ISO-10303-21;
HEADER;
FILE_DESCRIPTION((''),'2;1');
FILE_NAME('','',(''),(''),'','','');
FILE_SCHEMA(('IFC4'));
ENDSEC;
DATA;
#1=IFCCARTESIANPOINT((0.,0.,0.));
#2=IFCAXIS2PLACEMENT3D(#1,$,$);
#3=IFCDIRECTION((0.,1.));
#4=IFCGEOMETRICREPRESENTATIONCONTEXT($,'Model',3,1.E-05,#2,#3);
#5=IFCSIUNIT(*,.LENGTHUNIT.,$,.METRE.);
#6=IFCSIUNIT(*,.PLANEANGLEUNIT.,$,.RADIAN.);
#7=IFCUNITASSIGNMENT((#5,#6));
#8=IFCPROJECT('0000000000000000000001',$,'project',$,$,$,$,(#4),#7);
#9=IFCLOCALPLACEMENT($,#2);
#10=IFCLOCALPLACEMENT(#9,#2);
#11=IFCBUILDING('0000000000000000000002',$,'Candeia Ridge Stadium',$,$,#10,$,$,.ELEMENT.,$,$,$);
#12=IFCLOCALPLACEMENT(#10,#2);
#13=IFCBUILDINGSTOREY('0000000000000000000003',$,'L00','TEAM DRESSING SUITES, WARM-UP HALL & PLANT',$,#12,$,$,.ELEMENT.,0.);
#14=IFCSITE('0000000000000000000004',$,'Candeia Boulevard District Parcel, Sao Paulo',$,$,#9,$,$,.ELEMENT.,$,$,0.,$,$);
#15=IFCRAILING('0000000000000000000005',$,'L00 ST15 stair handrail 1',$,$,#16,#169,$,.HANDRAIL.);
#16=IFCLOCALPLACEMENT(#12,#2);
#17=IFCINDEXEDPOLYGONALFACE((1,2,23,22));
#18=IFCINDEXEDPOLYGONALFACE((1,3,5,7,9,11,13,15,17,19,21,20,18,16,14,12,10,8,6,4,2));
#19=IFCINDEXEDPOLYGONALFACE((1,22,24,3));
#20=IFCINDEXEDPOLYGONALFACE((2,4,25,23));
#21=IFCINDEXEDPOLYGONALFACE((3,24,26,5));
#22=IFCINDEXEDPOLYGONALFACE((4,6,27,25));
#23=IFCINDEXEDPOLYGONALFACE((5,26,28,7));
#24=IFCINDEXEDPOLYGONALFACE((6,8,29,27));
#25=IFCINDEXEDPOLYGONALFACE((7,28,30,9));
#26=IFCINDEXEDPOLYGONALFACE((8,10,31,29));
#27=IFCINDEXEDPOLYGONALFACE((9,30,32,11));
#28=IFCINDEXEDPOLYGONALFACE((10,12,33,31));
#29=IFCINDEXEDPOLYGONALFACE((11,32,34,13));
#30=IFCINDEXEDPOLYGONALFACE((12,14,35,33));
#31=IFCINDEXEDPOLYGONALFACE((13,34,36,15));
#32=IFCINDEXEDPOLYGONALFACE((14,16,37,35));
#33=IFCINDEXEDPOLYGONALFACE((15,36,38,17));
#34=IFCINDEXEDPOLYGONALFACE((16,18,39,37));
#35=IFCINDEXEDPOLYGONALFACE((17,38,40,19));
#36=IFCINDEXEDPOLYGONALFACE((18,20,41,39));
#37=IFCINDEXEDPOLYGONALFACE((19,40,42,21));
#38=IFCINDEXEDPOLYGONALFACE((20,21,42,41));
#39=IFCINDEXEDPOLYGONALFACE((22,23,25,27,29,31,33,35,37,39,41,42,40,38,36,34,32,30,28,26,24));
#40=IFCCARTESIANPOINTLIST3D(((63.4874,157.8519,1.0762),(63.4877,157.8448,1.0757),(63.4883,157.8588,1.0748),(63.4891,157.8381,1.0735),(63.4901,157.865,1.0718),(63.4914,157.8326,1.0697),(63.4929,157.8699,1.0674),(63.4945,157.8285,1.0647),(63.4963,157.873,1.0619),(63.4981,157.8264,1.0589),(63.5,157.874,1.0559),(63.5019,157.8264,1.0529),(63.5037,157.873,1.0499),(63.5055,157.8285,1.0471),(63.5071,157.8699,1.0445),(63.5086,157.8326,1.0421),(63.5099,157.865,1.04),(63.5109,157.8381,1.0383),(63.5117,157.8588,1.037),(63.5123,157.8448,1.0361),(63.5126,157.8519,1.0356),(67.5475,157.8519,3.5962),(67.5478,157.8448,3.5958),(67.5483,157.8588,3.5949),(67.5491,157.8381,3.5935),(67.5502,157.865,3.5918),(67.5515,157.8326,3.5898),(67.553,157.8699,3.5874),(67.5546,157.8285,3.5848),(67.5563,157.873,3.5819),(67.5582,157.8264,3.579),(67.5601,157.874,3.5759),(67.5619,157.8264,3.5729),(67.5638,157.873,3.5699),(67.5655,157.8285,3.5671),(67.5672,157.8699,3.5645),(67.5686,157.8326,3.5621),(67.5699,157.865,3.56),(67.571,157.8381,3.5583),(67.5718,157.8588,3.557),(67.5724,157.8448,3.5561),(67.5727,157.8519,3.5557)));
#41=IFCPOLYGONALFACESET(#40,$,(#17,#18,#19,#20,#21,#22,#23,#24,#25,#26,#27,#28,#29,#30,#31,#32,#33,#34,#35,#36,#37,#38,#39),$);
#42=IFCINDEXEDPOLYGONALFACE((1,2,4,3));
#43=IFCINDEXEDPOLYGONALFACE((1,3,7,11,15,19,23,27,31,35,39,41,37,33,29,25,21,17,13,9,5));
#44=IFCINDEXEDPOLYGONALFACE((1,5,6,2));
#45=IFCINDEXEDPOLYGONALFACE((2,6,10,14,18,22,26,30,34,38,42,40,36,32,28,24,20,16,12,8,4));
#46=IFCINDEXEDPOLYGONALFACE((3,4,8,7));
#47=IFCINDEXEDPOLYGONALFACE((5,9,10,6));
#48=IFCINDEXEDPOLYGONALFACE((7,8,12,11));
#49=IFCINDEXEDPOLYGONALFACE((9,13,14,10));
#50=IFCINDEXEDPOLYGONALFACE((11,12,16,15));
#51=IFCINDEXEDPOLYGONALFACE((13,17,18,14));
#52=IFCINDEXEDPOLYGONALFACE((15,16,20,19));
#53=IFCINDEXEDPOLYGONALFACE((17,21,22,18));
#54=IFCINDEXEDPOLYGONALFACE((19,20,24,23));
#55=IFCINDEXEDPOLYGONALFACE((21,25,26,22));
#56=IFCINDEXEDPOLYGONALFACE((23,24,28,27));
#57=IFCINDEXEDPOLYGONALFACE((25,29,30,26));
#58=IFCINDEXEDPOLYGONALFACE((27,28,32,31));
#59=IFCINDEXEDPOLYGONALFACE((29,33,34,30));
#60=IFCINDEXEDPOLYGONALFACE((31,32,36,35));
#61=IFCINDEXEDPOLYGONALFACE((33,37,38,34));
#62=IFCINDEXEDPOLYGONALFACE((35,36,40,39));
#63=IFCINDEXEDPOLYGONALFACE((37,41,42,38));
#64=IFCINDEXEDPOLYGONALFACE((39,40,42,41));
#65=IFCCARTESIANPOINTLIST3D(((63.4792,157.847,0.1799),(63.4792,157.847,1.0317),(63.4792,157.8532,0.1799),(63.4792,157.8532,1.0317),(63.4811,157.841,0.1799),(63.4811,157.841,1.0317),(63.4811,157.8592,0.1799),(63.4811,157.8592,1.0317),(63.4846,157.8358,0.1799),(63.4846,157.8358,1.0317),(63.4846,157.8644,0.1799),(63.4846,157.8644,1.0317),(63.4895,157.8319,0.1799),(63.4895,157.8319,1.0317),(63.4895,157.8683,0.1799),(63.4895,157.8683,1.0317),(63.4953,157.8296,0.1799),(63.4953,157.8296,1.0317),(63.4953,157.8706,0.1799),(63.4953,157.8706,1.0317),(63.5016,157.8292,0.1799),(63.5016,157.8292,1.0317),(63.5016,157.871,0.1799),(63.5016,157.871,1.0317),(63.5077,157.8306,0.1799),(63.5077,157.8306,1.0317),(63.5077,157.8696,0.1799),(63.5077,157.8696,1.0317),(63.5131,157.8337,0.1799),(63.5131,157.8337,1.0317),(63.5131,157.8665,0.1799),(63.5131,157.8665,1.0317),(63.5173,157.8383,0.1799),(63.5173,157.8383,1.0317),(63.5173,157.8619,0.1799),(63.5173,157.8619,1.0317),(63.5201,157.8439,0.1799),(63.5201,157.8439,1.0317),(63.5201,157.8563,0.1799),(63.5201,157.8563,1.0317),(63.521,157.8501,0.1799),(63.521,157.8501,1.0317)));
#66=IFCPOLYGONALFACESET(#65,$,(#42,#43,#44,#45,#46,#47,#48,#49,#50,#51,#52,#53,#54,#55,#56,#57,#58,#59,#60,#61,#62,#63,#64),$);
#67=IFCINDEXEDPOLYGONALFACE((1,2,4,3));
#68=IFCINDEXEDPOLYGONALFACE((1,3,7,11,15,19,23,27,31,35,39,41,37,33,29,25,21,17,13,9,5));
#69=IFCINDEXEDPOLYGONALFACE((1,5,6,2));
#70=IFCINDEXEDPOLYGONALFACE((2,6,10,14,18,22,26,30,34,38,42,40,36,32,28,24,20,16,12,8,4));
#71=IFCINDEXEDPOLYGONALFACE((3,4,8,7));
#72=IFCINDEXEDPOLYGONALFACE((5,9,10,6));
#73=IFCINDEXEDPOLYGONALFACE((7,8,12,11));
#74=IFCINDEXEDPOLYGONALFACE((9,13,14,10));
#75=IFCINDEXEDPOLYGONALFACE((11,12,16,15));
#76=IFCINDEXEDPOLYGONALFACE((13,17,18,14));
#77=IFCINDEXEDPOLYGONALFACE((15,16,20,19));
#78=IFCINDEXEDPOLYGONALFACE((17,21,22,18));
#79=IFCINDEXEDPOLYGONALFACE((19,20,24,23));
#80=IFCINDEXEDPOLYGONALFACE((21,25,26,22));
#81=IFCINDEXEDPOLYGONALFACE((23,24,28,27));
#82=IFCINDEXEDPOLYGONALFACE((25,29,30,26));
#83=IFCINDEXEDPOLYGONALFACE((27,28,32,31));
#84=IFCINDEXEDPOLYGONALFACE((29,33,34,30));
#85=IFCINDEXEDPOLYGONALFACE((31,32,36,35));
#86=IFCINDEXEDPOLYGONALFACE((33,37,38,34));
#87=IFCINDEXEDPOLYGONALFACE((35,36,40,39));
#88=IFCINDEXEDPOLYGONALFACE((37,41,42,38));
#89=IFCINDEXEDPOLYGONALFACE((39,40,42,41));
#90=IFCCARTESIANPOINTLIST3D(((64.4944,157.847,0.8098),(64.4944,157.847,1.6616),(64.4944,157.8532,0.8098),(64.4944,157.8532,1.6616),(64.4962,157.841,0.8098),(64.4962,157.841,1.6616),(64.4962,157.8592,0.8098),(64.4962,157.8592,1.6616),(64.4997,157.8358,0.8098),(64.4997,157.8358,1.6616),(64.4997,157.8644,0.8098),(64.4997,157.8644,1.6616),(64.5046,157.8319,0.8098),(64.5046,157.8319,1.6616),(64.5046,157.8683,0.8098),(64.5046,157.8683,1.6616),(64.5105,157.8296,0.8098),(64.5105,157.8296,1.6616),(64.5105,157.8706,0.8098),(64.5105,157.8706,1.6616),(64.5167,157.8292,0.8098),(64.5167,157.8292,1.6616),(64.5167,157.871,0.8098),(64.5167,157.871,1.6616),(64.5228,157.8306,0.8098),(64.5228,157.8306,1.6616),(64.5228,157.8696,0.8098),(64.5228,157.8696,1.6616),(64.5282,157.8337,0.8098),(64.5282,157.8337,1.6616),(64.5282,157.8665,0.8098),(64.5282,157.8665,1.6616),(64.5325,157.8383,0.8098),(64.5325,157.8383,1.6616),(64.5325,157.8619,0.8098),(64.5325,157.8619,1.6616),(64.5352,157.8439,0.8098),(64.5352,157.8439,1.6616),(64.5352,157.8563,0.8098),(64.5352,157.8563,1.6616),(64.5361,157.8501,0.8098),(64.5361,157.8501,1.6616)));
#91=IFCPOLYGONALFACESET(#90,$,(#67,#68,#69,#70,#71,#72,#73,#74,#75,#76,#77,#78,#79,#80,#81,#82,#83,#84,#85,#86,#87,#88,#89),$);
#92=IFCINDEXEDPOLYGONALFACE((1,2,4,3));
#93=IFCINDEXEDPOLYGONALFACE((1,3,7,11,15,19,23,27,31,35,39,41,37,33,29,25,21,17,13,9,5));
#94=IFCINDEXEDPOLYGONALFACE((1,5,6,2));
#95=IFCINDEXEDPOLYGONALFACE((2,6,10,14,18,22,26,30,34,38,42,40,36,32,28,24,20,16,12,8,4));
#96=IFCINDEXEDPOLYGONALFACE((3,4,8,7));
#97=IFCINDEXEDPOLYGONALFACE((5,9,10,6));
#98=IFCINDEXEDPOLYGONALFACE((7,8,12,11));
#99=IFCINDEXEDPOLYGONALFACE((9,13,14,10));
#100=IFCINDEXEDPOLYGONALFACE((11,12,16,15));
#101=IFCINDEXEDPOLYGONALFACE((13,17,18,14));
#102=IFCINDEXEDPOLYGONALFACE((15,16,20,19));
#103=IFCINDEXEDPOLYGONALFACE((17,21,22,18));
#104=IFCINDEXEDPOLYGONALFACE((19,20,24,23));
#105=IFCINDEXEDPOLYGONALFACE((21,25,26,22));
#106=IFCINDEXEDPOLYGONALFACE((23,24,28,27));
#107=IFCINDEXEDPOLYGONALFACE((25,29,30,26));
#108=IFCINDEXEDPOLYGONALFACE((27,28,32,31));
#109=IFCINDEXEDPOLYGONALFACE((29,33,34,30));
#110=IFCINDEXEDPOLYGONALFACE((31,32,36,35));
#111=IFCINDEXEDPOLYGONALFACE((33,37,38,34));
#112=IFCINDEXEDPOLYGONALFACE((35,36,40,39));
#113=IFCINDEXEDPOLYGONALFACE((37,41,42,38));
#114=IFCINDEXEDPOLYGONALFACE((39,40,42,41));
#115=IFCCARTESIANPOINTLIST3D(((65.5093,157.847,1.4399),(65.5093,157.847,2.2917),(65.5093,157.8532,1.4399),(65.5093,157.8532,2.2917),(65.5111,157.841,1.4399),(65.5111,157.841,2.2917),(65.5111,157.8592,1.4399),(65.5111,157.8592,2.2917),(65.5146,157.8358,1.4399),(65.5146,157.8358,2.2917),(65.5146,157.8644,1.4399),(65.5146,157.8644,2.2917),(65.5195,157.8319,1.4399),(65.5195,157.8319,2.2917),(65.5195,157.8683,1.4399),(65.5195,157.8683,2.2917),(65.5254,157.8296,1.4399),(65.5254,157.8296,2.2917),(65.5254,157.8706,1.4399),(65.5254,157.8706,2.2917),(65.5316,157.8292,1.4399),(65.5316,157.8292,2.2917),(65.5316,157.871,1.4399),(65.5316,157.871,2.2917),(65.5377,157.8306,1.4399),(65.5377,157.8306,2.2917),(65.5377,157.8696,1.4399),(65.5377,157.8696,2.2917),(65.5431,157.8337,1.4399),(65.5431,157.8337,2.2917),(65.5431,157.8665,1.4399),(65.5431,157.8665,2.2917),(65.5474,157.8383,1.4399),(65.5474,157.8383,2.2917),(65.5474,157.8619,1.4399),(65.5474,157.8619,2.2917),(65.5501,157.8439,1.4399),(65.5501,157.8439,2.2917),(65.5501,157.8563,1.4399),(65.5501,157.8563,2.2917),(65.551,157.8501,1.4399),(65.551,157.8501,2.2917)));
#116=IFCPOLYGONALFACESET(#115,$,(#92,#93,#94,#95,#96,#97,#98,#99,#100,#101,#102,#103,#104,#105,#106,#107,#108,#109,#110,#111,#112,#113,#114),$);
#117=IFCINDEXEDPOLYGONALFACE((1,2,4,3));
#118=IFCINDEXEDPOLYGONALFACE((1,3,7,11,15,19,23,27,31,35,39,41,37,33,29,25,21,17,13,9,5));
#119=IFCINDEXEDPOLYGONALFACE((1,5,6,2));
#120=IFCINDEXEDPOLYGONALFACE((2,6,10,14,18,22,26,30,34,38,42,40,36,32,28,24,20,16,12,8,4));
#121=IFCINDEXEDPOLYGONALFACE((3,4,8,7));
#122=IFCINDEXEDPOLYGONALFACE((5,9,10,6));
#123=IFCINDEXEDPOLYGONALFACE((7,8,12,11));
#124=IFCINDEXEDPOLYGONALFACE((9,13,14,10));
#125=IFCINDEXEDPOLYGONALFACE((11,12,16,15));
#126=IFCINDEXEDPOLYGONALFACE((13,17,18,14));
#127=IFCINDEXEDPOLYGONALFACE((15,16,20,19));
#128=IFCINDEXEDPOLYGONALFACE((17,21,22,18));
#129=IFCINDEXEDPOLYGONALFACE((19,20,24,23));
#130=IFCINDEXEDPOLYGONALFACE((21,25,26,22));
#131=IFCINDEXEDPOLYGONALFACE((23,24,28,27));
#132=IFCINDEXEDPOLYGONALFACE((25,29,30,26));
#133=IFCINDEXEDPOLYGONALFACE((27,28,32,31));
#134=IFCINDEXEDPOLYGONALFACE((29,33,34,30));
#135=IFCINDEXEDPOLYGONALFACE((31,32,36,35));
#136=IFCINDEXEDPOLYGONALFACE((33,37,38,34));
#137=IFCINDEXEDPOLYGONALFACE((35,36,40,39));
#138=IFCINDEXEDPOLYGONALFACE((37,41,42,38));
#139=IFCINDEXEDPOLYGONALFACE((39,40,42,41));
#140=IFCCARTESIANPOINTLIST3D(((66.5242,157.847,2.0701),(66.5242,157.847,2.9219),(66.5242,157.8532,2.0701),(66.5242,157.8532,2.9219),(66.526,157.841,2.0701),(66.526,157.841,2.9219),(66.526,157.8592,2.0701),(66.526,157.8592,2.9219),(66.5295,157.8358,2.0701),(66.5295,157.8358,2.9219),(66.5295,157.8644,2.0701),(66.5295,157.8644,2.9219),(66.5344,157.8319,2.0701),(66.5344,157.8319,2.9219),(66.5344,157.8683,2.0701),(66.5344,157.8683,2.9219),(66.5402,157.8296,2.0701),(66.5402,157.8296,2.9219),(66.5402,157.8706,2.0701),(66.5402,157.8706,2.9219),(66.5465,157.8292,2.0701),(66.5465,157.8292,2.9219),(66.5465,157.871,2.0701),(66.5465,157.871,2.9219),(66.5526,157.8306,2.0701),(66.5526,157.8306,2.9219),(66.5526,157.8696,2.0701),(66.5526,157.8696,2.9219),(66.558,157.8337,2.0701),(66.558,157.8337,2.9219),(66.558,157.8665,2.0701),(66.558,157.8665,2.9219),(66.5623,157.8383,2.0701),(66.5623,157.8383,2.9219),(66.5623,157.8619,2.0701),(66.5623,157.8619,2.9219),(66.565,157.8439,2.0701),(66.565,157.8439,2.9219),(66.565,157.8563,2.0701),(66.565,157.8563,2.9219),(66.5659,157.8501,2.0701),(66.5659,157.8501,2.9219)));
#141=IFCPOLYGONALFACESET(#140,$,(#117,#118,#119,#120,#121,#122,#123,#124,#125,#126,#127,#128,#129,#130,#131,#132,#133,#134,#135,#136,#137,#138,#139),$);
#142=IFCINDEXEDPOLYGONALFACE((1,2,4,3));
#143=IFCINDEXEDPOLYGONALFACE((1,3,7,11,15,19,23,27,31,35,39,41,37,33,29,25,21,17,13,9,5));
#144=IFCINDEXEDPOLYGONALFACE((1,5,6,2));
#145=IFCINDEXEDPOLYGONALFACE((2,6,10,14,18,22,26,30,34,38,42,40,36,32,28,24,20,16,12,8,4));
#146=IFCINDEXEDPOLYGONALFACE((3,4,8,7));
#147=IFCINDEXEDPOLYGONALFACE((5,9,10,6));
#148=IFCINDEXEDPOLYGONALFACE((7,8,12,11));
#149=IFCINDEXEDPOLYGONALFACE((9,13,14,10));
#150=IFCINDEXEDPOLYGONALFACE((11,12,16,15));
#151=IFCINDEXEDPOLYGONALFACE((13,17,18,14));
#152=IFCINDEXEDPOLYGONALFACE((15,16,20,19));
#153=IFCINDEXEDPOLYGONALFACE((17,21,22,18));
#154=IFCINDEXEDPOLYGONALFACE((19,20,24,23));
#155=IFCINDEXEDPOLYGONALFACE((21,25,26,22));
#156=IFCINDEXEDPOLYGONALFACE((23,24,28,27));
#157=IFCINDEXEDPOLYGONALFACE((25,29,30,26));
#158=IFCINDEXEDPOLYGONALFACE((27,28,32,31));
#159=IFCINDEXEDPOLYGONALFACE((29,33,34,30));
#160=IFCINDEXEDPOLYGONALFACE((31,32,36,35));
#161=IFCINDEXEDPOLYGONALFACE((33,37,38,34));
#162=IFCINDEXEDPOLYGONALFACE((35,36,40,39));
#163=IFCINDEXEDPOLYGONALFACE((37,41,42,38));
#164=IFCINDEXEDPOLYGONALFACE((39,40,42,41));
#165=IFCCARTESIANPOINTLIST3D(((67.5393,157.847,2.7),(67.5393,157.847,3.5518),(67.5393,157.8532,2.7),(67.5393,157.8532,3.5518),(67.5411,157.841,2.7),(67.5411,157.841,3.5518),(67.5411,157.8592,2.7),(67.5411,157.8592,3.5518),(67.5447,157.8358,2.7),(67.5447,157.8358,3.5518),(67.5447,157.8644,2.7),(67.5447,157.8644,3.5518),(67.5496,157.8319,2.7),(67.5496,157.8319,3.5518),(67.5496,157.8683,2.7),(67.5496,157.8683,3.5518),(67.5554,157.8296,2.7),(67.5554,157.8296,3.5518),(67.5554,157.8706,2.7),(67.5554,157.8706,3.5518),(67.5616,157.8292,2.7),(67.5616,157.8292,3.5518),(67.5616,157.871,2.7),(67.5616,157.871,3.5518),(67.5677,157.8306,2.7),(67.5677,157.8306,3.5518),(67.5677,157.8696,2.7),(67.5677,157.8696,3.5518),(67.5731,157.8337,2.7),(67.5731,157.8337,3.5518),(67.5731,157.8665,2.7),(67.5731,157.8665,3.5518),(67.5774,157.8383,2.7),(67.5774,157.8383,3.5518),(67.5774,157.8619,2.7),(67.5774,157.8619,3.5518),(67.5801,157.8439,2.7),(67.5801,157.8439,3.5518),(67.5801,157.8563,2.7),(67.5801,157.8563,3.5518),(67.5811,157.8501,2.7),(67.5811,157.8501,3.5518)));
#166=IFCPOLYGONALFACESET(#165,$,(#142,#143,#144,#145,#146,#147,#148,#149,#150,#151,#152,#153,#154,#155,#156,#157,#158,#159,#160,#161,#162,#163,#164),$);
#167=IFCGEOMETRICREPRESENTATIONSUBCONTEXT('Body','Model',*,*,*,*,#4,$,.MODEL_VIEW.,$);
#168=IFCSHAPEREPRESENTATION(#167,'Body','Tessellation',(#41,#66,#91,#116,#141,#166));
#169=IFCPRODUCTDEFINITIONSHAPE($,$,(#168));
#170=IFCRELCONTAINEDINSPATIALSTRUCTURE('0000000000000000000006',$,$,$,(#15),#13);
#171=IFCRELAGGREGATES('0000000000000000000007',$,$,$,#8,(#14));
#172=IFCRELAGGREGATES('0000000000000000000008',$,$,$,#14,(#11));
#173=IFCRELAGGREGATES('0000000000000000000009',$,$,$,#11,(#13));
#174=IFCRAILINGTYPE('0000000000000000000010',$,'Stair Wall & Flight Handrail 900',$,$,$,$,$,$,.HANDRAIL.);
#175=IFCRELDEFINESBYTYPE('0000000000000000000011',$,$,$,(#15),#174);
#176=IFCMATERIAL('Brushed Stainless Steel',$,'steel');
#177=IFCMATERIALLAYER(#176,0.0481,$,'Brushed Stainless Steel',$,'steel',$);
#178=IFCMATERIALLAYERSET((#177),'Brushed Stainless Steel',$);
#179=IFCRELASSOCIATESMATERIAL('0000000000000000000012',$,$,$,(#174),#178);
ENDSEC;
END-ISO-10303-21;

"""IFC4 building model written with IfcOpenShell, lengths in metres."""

from ifc_helpers import new_model, si_unit, direction, frame, origin, origin_2d, place, context, subcontext, project, spatial, circle, extrude, material, layer, layer_set, type_object, element, save


model = new_model("IFC4")

# Units and contexts
model_context = context("Model", 3, precision=1e-05, world=origin(), true_north=direction((0.0, 1.0)))
body_context = subcontext(model_context, "Body", "Model", "MODEL_VIEW")
ifc_project = project(units=[si_unit("LENGTHUNIT", "METRE"), si_unit("PLANEANGLEUNIT", "RADIAN")], contexts=[model_context])

# Site, building, storey
site_placement = place(None, origin())
site = spatial("IfcSite", under=ifc_project, at=site_placement, Name="Candeia Boulevard District Parcel, Sao Paulo", CompositionType="ELEMENT", RefElevation=0.0)
building_placement = place(site_placement, origin())
building = spatial("IfcBuilding", under=site, at=building_placement, Name="Candeia Ridge Stadium", CompositionType="ELEMENT")
storey_placement = place(building_placement, origin())
storey = spatial("IfcBuildingStorey", under=building, at=storey_placement, Name="L00", Description="TEAM DRESSING SUITES, WARM-UP HALL & PLANT", CompositionType="ELEMENT", Elevation=0.0)

# Railing
ifc_material_1 = material(Name="Brushed Stainless Steel", Category="steel")
ifc_layer_1 = layer(ifc_material_1, 0.0481, Name="Brushed Stainless Steel", Category="steel")
ifc_layer_set_1 = layer_set([ifc_layer_1], Name="Brushed Stainless Steel")
railing_type_1 = type_object("IfcRailingType", Name="Stair Wall & Flight Handrail 900", PredefinedType="HANDRAIL", material=ifc_layer_set_1)
railing_1_placement = place(storey_placement, frame((63.5, 157.8501, 0.1799)))
element("IfcRailing", 1, at=railing_1_placement, inside=storey, type_object=railing_type_1, Name="L00 ST15 stair handrail 1", PredefinedType="HANDRAIL", context=body_context, shape_type="SweptSolid", body=[
    extrude(circle(Radius=0.0239, at=origin_2d()), frame((0.0, 0.0, 0.876), z_axis=(0.849642, 0.0, 0.52736), x_axis=(0.0, 1.0, 0.0)), (0.0, 0.0, 1.0), 4.7786),
    extrude(circle(Radius=0.021, at=origin_2d()), origin(), (0.0, 0.0, 1.0), 0.8518),
    extrude(circle(Radius=0.021, at=origin_2d()), frame((1.0151, 0.0, 0.6299)), (0.0, 0.0, 1.0), 0.8518),
    extrude(circle(Radius=0.021, at=origin_2d()), frame((2.03, 0.0, 1.26)), (0.0, 0.0, 1.0), 0.8518),
    extrude(circle(Radius=0.021, at=origin_2d()), frame((3.0449, 0.0, 1.8901)), (0.0, 0.0, 1.0), 0.8518),
    extrude(circle(Radius=0.021, at=origin_2d()), frame((4.0601, 0.0, 2.52)), (0.0, 0.0, 1.0), 0.8518),
])

save(model, "model.ifc")
